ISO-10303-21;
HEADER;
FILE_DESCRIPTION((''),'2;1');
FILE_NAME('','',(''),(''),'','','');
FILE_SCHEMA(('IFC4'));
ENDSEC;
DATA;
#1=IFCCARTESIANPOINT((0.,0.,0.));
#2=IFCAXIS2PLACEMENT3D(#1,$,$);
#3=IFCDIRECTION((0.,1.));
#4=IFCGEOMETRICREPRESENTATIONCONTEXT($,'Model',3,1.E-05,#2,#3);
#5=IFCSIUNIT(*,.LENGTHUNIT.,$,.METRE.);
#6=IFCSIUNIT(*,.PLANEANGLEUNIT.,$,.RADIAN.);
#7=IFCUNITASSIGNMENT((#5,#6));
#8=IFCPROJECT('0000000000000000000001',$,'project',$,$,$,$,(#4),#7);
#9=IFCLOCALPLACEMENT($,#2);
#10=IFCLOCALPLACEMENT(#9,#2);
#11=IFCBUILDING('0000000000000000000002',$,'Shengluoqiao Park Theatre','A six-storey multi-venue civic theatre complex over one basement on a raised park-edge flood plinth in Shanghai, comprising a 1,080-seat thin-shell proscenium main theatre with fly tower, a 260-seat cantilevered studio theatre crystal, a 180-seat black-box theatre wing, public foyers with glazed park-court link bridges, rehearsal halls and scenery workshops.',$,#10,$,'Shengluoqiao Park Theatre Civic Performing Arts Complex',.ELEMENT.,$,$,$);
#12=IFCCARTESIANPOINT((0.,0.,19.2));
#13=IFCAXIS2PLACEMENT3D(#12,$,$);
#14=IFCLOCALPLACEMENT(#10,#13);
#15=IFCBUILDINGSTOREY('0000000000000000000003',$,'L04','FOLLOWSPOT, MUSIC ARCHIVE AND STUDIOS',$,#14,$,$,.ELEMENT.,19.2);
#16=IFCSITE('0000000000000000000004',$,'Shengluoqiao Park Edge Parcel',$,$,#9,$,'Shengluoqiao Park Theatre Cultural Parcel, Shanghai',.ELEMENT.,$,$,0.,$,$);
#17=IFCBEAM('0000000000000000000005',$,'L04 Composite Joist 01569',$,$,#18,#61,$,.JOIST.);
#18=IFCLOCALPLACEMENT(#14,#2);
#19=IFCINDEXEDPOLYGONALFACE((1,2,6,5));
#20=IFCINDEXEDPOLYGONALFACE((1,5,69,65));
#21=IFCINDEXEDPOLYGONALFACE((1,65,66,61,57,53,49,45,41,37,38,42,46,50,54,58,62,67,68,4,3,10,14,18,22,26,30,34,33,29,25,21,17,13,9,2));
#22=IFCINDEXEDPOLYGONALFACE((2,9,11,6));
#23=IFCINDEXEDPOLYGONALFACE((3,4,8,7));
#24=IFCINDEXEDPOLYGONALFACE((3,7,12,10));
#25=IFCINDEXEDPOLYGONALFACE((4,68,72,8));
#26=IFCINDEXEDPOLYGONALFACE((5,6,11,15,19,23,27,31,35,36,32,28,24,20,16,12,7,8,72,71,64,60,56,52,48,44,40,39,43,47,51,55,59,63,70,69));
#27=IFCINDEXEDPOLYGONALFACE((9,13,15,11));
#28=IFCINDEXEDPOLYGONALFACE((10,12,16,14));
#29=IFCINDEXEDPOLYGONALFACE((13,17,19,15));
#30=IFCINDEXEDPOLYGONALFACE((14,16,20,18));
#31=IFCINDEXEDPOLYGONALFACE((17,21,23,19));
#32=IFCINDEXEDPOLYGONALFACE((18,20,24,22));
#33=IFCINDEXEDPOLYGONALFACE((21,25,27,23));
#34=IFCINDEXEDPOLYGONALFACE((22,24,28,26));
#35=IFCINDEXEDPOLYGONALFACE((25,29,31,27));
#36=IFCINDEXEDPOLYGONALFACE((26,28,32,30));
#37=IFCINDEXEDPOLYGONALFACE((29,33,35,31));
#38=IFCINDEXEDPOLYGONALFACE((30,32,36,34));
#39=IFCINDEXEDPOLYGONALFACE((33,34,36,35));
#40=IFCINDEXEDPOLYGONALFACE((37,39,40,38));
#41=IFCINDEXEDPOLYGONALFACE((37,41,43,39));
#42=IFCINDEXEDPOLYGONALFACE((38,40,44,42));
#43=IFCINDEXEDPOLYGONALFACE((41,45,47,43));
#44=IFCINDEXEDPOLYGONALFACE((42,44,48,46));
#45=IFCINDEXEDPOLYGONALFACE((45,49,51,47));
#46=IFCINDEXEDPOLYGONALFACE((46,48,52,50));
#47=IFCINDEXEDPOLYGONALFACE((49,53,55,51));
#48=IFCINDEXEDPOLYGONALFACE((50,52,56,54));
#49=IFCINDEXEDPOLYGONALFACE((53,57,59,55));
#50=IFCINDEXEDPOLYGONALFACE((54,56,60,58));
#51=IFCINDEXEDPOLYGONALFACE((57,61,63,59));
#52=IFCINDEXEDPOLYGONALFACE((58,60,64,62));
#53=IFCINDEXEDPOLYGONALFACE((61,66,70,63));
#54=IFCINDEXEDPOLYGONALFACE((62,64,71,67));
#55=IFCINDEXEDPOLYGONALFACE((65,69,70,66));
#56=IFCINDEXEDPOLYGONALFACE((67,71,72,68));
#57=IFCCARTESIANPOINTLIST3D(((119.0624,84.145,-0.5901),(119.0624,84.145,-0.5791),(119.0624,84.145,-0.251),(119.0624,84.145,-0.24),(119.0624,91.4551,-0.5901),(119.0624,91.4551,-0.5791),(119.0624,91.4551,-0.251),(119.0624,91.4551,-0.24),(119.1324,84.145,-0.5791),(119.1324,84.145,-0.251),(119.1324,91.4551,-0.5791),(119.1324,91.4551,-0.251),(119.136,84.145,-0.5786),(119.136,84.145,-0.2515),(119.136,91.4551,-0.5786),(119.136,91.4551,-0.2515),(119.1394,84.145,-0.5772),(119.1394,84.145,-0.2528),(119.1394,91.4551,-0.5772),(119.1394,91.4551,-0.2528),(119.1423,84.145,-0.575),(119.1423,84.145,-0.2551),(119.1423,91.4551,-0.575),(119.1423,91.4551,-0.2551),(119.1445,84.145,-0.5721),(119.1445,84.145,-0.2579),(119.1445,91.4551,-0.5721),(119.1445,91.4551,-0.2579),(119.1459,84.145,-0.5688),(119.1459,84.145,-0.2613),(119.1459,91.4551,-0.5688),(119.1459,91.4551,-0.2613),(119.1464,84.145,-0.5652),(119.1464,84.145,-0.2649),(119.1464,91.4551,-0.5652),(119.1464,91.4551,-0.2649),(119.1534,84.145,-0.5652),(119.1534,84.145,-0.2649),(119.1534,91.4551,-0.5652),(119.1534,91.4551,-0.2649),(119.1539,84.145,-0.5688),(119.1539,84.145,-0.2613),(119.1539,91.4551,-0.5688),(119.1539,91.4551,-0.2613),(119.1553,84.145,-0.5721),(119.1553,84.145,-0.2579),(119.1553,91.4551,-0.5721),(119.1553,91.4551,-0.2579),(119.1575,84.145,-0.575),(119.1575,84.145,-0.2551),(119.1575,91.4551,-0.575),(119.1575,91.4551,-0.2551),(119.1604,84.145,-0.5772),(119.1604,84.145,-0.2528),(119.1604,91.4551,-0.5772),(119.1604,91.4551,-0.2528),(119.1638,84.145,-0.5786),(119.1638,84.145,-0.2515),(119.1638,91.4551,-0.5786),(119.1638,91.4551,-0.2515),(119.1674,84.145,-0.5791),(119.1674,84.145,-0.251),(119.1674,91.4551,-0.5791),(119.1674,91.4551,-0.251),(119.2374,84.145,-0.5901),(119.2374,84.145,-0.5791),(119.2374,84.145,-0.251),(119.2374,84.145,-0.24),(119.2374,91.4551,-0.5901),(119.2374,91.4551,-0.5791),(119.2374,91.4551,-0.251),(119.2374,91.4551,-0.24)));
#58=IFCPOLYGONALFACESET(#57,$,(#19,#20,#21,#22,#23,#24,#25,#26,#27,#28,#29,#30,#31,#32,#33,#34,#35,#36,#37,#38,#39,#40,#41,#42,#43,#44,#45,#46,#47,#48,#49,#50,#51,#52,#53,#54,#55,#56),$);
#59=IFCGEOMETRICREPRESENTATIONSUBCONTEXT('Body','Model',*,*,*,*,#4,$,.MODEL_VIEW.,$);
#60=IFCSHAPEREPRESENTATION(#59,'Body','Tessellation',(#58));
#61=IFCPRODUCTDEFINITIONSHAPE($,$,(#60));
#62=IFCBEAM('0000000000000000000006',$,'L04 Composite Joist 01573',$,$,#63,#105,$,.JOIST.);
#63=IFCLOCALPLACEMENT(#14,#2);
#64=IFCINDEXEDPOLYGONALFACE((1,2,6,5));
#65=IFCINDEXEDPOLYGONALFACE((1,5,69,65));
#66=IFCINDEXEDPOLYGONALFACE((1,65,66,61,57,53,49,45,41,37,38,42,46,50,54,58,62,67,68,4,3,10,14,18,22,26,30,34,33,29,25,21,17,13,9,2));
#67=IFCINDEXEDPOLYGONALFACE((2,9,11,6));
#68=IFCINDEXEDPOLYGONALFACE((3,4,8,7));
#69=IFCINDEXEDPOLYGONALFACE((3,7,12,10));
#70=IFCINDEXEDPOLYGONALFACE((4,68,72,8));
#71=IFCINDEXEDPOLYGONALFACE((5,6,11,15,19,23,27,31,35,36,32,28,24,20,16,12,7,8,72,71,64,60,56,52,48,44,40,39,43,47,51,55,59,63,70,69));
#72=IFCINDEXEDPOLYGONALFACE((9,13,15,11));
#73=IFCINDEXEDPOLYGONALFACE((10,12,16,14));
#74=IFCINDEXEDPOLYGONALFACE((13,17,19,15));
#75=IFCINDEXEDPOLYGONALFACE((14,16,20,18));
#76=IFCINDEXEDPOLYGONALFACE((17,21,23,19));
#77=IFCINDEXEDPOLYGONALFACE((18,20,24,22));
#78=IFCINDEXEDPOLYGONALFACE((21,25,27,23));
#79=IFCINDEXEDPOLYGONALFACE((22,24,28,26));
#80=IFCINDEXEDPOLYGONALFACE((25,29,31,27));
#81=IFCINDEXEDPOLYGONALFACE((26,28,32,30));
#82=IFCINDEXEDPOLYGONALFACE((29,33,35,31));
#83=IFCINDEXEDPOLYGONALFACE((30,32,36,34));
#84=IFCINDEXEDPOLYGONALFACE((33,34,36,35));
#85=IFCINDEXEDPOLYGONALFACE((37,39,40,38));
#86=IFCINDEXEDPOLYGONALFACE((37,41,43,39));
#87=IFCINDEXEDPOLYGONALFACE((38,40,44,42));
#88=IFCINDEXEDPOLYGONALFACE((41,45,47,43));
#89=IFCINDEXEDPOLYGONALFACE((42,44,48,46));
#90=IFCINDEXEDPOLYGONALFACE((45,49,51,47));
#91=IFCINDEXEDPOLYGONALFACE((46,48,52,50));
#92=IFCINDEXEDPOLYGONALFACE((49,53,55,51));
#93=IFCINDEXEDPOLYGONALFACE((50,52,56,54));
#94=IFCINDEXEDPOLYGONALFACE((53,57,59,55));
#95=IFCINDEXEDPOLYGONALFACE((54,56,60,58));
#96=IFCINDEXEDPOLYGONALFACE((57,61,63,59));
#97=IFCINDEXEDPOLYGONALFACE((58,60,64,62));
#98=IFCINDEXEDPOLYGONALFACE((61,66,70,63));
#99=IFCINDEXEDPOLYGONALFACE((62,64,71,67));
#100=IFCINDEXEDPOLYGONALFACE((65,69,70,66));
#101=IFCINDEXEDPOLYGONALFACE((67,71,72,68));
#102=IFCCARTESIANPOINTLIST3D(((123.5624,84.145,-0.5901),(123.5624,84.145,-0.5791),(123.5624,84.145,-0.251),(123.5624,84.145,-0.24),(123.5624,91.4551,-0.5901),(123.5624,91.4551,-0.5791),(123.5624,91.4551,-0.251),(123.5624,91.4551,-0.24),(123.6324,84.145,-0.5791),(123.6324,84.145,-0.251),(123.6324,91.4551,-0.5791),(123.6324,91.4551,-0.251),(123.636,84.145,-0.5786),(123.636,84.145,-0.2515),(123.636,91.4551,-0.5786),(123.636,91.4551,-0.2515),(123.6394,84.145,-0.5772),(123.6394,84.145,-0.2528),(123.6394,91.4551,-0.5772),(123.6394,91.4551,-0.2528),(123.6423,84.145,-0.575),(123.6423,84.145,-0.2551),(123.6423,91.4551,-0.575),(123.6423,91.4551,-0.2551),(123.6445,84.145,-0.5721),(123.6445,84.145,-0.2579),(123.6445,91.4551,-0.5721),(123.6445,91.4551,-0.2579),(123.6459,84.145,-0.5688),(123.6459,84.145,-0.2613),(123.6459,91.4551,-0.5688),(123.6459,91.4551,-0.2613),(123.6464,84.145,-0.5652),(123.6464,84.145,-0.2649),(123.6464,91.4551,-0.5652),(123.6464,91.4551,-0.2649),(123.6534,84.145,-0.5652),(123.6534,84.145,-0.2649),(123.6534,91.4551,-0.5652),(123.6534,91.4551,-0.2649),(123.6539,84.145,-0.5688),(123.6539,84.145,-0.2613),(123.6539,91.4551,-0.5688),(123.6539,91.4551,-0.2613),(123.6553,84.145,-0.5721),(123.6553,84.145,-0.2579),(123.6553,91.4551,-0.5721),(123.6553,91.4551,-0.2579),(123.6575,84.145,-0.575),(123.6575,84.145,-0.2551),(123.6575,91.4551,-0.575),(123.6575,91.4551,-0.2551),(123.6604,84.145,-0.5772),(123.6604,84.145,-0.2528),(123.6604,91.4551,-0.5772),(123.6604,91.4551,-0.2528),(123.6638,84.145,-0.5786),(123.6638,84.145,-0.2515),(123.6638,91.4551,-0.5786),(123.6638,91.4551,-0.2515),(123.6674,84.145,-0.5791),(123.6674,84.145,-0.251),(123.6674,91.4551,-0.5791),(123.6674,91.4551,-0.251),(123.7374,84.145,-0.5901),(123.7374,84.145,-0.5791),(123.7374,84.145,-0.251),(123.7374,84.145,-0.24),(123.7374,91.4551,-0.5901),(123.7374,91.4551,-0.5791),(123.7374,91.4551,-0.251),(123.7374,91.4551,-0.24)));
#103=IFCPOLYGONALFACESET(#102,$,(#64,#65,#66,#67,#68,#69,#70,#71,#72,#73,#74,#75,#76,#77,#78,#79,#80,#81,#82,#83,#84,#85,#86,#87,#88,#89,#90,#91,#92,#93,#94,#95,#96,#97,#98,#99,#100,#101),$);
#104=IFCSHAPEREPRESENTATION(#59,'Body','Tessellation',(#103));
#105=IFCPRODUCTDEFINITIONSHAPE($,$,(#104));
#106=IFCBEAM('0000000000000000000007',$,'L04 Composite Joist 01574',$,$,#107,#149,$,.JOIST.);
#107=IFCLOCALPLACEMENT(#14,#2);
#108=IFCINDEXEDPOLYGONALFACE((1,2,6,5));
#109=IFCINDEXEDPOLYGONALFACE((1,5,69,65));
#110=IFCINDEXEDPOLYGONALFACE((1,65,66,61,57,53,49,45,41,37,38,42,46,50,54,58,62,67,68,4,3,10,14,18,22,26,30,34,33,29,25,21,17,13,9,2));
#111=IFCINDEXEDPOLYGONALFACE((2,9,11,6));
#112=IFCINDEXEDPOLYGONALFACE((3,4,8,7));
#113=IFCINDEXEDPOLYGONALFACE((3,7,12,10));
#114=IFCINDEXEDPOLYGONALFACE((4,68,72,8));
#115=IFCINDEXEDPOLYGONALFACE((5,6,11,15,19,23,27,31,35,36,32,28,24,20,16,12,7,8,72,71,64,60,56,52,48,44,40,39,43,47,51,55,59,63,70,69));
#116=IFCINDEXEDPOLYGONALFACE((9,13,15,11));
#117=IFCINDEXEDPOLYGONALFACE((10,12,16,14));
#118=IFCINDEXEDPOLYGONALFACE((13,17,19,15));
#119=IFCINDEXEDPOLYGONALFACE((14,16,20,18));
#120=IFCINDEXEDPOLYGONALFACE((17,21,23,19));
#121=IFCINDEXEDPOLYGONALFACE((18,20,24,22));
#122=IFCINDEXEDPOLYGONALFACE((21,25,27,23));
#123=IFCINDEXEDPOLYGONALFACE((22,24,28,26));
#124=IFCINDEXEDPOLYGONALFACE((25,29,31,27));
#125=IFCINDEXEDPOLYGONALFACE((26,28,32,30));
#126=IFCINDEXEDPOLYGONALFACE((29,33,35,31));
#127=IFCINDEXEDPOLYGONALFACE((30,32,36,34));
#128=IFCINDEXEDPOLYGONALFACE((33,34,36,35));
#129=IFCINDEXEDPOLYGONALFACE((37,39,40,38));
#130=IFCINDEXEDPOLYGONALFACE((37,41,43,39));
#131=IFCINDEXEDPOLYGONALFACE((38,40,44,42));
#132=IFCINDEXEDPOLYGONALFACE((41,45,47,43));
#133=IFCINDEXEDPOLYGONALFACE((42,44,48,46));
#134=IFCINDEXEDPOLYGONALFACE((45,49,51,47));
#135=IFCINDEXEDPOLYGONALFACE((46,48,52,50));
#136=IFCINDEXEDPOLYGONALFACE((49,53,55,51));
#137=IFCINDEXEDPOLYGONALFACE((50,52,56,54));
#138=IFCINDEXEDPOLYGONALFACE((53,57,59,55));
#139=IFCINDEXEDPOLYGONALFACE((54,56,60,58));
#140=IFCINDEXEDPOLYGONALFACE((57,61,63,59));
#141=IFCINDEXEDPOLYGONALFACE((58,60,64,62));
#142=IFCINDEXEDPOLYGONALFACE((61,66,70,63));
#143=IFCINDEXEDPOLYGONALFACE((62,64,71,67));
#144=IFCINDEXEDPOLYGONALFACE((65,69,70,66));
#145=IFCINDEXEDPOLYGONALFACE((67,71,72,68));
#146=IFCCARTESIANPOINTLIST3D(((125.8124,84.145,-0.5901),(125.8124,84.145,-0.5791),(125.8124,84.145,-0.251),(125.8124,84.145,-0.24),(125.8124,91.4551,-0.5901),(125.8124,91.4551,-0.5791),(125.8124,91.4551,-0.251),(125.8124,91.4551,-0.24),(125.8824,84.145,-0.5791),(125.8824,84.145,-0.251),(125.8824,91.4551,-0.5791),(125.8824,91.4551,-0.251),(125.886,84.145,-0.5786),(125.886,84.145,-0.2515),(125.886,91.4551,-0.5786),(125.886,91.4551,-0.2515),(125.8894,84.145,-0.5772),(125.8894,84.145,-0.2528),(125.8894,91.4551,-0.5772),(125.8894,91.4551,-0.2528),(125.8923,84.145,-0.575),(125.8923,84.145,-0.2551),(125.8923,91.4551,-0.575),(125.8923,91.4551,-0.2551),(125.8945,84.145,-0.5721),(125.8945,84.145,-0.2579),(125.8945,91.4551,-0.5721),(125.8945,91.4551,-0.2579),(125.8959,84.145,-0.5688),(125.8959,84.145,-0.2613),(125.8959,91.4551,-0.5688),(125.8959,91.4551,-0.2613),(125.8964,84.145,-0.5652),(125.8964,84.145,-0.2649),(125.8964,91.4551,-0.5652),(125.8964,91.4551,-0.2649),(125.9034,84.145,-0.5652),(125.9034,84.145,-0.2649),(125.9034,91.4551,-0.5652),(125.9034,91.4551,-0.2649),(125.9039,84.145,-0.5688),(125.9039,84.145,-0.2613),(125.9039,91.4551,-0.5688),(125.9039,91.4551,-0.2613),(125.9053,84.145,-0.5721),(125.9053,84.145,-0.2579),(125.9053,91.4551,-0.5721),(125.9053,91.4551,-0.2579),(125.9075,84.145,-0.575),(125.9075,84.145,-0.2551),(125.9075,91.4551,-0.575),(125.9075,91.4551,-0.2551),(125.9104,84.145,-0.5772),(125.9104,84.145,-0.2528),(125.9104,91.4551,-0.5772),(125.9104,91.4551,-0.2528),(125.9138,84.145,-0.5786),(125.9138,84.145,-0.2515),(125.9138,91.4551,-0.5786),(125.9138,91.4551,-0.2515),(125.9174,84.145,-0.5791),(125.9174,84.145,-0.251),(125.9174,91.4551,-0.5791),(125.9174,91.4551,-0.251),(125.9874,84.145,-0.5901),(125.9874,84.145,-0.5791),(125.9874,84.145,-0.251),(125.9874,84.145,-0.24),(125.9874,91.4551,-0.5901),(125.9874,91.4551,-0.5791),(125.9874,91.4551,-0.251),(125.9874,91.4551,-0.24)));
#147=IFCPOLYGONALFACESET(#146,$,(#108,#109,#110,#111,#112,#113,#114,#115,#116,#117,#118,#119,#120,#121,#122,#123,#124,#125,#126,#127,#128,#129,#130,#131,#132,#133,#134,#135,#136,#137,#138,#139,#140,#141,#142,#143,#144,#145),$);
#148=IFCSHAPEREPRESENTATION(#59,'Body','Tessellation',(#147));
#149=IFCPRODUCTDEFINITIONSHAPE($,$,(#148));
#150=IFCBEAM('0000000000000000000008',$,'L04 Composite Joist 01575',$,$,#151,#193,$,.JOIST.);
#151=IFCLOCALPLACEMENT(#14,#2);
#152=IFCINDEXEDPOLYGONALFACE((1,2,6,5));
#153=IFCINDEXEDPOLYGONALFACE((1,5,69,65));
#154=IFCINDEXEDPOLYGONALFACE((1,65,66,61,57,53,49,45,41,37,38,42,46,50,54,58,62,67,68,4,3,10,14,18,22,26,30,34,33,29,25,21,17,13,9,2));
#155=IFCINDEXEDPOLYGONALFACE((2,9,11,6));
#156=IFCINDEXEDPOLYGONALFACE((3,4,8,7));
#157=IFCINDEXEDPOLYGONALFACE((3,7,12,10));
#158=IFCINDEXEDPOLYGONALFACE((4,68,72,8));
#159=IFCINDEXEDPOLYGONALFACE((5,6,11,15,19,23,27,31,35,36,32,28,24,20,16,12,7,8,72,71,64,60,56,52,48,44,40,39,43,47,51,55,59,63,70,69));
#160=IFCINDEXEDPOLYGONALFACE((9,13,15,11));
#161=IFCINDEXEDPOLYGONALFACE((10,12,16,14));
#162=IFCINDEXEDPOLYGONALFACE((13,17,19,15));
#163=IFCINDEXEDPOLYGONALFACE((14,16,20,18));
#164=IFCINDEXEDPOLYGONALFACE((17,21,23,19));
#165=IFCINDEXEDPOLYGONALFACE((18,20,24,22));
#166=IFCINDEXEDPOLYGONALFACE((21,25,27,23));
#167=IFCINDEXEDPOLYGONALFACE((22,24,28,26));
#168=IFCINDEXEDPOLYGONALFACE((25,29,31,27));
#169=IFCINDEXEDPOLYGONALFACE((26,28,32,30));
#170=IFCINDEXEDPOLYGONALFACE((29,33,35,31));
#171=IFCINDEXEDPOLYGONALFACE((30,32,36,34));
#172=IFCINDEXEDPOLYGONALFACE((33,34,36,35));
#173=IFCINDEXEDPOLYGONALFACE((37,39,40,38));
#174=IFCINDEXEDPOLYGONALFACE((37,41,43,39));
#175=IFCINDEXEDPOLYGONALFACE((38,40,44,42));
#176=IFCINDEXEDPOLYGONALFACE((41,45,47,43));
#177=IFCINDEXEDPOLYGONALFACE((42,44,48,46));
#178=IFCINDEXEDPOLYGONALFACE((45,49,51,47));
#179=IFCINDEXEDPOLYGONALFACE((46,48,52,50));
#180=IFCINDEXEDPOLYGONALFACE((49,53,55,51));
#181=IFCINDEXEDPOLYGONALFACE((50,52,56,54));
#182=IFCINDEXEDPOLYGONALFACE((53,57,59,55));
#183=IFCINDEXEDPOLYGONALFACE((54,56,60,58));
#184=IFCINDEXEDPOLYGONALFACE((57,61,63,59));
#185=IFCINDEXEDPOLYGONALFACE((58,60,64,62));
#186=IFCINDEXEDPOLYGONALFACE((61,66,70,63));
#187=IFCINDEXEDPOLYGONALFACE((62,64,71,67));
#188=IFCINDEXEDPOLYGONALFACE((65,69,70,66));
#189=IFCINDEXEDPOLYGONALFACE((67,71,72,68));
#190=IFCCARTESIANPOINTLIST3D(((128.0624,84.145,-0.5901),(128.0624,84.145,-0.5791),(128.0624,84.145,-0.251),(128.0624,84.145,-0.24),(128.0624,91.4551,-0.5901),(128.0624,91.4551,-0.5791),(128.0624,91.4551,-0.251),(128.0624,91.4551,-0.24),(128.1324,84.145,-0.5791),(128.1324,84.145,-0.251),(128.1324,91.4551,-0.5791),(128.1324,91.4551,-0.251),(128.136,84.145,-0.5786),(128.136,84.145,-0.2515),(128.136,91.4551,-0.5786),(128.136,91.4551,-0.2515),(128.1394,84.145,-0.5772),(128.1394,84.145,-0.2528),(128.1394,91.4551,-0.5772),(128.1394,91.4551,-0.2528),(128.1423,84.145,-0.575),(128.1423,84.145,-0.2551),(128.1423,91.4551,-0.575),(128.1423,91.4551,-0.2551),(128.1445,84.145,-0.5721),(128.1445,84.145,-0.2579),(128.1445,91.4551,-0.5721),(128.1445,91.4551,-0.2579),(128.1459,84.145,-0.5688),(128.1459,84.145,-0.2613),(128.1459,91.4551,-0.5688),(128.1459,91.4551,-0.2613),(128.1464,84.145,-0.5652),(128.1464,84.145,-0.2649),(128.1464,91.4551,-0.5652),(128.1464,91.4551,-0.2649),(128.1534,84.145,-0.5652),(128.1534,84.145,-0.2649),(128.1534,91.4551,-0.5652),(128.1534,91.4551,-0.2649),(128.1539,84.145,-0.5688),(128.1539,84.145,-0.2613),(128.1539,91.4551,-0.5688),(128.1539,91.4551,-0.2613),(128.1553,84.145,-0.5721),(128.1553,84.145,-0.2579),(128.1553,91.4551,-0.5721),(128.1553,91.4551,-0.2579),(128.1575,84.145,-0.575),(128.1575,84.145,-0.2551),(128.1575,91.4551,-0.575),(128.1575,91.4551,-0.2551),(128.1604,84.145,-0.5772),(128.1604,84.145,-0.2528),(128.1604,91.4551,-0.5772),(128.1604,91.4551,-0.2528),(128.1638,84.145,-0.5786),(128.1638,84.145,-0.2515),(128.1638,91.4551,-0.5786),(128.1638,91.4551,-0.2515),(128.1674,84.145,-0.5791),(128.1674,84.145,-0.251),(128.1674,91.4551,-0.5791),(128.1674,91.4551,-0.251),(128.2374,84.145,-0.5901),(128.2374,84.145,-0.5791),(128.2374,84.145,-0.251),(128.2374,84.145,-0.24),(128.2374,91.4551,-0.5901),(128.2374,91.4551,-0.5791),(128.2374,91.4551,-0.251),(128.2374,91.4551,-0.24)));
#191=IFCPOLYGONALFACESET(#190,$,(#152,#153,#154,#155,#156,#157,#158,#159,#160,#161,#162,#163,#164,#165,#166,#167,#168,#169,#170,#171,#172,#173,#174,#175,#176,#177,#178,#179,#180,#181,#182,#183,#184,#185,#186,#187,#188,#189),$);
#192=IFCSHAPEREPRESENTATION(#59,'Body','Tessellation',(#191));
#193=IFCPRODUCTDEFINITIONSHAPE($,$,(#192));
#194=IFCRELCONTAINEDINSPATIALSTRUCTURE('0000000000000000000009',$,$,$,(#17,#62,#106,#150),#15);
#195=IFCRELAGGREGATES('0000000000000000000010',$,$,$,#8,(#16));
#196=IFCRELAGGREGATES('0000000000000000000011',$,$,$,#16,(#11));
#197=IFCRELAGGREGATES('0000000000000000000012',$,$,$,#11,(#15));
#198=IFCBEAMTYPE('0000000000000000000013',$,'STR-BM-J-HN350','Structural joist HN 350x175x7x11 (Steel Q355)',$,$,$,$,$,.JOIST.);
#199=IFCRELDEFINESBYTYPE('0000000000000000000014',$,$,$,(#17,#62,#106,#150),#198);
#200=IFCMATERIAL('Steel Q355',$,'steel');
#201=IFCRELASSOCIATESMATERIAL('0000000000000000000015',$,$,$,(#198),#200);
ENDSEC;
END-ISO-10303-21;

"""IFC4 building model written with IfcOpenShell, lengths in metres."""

from ifc_helpers import new_model, si_unit, direction, frame, origin, origin_2d, place, context, subcontext, project, spatial, i_section, extrude, material, material_profile, profile_set, type_object, element, save


model = new_model("IFC4")

# Units and contexts
model_context = context("Model", 3, precision=1e-05, world=origin(), true_north=direction((0.0, 1.0)))
body_context = subcontext(model_context, "Body", "Model", "MODEL_VIEW")
ifc_project = project(units=[si_unit("LENGTHUNIT", "METRE"), si_unit("PLANEANGLEUNIT", "RADIAN")], contexts=[model_context])

# Site, building, storey
site_placement = place(None, origin())
site = spatial("IfcSite", under=ifc_project, at=site_placement, Name="Shengluoqiao Park Edge Parcel", LongName="Shengluoqiao Park Theatre Cultural Parcel, Shanghai", CompositionType="ELEMENT", RefElevation=0.0)
building_placement = place(site_placement, origin())
building = spatial("IfcBuilding", under=site, at=building_placement, Name="Shengluoqiao Park Theatre", Description="A six-storey multi-venue civic theatre complex over one basement on a raised park-edge flood plinth in Shanghai, comprising a 1,080-seat thin-shell proscenium main theatre with fly tower, a 260-seat cantilevered studio theatre crystal, a 180-seat black-box theatre wing, public foyers with glazed park-court link bridges, rehearsal halls and scenery workshops.", LongName="Shengluoqiao Park Theatre Civic Performing Arts Complex", CompositionType="ELEMENT")
storey_placement = place(building_placement, frame((0.0, 0.0, 19.2)))
storey = spatial("IfcBuildingStorey", under=building, at=storey_placement, Name="L04", Description="FOLLOWSPOT, MUSIC ARCHIVE AND STUDIOS", CompositionType="ELEMENT", Elevation=19.2)

# Shared definitions
ifc_material_1 = material(Name="Steel Q355", Category="steel")

# Beams
ifc_material_profile_1 = material_profile(ifc_material_1, i_section(OverallWidth=0.175, OverallDepth=0.3501, WebThickness=0.0071, FlangeThickness=0.011, FilletRadius=0.0139, at=origin_2d()), Name="HN 350x175x7x11")
ifc_profile_set_1 = profile_set([ifc_material_profile_1], Name="Steel Q355")
beam_type_1 = type_object("IfcBeamType", Name="STR-BM-J-HN350", Description="Structural joist HN 350x175x7x11 (Steel Q355)", PredefinedType="JOIST", material=ifc_profile_set_1)
for number, where, z_axis, x_axis, name in (
    (1, (119.1499, 84.145, -0.415), (0.0, 1.0, 0.0), (-1.0, 0.0, 0.0), "L04 Composite Joist 01569"),
    (2, (123.6499, 84.145, -0.415), (0.0, 1.0, 0.0), (-1.0, 0.0, 0.0), "L04 Composite Joist 01573"),
    (3, (125.8999, 84.145, -0.415), (0.0, 1.0, 0.0), (-1.0, 0.0, 0.0), "L04 Composite Joist 01574"),
    (4, (128.1499, 84.145, -0.415), (0.0, 1.0, 0.0), (-1.0, 0.0, 0.0), "L04 Composite Joist 01575"),
):
    element("IfcBeam", number, at=place(storey_placement, frame(where, z_axis=z_axis, x_axis=x_axis)), inside=storey, type_object=beam_type_1, Name=name, PredefinedType="JOIST", context=body_context, shape_type="SweptSolid", body=[
        extrude(i_section(OverallWidth=0.175, OverallDepth=0.3501, WebThickness=0.0071, FlangeThickness=0.011, FilletRadius=0.0139, at=origin_2d()), origin(), (0.0, 0.0, 1.0), 7.3101),
    ])

save(model, "model.ifc")
